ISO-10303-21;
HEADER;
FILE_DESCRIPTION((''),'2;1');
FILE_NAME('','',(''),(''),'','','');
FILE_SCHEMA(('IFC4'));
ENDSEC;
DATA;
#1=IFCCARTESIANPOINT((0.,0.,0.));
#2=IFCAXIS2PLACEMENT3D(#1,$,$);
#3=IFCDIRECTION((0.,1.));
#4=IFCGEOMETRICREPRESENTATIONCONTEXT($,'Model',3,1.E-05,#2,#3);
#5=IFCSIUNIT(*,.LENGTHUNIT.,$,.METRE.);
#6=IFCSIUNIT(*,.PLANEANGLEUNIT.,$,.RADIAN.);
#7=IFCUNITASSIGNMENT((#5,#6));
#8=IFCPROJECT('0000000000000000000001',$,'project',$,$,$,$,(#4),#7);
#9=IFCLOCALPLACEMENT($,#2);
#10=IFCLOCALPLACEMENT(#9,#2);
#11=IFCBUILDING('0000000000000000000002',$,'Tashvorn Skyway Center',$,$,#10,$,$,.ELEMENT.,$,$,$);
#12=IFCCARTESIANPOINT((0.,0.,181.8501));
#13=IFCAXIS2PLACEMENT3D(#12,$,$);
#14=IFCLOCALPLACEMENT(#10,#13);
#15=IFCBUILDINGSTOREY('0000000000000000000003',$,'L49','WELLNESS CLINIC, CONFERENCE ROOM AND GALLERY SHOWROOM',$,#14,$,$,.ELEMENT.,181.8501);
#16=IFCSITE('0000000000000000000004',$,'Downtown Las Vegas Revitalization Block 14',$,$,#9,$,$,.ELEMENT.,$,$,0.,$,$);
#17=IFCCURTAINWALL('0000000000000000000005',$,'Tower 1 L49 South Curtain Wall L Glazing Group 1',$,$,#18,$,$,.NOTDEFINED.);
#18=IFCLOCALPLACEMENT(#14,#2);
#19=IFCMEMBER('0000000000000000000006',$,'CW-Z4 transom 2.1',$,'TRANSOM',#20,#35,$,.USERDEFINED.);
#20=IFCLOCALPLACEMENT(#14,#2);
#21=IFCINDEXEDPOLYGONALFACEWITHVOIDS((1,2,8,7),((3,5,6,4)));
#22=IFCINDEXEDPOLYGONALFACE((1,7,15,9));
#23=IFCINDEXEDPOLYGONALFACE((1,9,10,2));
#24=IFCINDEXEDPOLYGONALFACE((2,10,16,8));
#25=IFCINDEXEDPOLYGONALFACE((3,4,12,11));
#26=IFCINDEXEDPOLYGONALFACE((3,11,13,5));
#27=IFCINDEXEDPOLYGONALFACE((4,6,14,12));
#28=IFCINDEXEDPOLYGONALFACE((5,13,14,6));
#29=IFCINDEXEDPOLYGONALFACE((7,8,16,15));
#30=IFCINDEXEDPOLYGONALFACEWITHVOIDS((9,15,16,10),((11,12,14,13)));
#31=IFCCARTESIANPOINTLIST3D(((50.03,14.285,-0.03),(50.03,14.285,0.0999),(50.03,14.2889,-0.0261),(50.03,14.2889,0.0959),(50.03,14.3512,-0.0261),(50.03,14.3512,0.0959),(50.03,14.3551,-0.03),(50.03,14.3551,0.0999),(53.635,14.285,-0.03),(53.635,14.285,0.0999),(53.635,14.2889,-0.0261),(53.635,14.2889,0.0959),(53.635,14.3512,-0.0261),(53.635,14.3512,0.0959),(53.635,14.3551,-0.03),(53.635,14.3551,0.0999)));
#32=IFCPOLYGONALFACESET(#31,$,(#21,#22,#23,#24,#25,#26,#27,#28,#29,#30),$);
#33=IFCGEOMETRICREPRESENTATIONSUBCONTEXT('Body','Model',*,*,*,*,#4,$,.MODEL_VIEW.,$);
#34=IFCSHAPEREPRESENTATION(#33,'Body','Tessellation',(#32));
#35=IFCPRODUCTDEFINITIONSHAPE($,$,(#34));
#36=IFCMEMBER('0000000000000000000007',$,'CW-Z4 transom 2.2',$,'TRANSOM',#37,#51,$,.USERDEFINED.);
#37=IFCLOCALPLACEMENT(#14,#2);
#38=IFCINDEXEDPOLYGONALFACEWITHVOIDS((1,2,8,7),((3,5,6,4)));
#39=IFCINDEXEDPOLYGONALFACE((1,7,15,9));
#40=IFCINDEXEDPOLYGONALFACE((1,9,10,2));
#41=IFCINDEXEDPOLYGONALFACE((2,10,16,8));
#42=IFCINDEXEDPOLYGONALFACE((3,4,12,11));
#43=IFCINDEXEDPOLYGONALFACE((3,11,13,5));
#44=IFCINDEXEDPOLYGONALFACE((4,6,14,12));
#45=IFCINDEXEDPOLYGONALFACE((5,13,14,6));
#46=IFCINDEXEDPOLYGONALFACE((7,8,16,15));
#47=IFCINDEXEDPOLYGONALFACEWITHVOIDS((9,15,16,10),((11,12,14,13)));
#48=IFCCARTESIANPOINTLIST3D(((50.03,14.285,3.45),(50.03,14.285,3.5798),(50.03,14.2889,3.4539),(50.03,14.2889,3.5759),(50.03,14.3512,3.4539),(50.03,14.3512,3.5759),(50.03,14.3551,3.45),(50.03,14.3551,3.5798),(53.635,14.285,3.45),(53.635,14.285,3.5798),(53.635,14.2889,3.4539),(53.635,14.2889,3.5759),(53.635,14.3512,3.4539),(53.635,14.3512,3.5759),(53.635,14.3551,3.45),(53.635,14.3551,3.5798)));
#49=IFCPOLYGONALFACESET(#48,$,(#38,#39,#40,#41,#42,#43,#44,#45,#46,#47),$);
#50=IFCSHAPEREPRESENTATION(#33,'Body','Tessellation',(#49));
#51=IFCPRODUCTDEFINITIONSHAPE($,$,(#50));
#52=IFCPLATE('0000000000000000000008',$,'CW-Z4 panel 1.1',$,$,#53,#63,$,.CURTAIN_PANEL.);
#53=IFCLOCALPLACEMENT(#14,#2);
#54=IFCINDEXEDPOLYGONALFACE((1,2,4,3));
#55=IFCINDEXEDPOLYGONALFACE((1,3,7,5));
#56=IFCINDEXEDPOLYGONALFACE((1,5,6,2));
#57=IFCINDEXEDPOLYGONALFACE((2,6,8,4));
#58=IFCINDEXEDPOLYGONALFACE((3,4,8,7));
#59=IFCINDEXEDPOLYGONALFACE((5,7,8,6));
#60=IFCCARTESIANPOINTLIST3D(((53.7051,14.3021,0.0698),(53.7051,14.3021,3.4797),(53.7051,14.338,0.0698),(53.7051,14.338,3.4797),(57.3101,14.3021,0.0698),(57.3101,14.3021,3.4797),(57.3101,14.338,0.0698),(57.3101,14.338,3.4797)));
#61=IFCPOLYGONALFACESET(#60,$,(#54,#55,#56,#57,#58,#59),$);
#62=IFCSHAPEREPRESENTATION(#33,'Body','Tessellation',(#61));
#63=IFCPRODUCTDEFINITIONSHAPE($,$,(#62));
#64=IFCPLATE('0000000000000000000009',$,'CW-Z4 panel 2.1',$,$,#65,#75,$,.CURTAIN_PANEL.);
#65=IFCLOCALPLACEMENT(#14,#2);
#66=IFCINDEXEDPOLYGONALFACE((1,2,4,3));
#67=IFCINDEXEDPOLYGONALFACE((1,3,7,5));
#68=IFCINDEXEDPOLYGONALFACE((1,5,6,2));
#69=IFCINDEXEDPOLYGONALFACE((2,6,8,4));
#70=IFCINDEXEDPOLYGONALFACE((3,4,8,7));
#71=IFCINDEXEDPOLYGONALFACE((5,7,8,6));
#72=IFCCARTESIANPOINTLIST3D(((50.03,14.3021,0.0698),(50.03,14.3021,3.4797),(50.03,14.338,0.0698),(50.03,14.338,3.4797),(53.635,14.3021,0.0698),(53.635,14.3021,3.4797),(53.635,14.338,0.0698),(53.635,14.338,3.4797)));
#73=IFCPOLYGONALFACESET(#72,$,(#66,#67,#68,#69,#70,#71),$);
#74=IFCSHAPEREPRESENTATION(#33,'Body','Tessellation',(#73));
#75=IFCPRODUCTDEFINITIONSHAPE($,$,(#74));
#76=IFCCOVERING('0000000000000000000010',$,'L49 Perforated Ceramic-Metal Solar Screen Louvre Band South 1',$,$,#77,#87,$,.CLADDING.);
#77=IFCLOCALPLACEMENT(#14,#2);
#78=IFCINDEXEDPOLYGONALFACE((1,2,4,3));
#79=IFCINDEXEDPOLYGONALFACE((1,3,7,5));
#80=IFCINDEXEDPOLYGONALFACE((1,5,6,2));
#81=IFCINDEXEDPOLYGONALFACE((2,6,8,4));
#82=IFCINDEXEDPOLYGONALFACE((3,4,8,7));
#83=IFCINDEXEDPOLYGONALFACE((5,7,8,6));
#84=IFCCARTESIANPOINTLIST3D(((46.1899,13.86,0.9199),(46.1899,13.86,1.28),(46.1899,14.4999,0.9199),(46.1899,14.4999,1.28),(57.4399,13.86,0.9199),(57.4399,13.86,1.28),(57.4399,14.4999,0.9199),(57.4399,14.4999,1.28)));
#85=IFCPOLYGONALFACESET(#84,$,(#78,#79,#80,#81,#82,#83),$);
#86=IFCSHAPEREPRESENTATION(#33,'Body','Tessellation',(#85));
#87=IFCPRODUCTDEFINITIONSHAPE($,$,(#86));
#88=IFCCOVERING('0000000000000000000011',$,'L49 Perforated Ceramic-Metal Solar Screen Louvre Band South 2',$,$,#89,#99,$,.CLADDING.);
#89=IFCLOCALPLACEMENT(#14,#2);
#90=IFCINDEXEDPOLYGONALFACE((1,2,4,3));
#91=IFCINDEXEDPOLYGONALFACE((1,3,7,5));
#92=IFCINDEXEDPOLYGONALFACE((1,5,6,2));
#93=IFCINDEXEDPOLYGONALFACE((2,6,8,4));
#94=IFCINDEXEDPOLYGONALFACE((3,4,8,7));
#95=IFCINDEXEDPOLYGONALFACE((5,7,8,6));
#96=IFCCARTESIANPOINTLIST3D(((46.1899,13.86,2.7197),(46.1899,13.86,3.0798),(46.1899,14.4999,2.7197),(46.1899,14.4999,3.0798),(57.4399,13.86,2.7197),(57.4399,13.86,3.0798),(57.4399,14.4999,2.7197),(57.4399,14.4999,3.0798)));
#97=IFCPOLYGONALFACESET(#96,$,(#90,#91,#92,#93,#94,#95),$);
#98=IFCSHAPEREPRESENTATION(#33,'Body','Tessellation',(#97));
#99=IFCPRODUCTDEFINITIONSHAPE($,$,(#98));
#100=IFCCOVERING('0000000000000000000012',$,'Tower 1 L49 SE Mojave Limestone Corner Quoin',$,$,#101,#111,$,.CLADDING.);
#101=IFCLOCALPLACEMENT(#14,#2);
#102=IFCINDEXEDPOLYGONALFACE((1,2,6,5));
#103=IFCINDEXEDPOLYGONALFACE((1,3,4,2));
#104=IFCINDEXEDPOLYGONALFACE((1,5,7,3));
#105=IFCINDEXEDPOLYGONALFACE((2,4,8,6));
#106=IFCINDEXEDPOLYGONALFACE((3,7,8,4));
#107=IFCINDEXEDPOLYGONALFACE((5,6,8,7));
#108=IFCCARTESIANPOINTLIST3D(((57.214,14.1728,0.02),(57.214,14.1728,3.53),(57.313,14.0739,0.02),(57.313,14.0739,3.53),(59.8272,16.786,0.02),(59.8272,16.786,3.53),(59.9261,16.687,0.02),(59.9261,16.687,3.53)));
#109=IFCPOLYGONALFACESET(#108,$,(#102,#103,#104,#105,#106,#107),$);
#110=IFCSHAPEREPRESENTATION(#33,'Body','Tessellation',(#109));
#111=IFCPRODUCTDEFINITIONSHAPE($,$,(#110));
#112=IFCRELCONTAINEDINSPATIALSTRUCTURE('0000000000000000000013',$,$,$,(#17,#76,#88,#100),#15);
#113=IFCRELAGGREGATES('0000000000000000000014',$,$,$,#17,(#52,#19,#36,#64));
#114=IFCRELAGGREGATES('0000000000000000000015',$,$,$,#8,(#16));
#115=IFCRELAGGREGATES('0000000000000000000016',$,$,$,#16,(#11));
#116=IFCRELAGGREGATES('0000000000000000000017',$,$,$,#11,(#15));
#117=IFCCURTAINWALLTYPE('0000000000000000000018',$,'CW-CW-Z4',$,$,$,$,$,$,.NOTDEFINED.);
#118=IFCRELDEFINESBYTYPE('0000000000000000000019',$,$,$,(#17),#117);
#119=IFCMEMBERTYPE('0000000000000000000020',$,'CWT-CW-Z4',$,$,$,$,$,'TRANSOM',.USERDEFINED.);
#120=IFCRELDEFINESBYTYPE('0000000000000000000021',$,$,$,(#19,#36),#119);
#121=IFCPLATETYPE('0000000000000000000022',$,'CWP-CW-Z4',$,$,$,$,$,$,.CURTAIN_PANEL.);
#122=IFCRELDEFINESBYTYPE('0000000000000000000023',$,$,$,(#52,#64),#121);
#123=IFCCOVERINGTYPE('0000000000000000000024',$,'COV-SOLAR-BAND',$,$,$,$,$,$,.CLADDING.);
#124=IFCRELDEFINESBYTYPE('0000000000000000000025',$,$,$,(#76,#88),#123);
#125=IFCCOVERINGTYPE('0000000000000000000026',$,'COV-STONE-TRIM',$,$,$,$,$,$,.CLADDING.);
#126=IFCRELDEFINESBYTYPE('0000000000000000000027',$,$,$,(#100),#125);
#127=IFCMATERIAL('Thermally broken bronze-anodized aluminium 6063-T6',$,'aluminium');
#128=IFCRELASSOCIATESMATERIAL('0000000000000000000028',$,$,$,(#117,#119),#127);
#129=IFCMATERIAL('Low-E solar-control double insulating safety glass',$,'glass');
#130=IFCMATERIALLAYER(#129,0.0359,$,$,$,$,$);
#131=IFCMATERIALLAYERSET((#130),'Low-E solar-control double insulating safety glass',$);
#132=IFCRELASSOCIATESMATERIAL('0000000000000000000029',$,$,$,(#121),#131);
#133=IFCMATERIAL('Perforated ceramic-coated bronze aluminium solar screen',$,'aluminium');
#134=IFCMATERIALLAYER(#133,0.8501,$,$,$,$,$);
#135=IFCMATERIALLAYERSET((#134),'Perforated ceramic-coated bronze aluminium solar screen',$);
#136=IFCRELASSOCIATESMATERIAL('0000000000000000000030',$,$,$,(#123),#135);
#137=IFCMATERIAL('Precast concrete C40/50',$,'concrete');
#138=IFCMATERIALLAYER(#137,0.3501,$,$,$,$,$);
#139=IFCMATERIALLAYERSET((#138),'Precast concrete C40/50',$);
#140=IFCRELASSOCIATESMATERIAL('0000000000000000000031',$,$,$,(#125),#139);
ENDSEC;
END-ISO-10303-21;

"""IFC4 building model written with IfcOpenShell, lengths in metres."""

from ifc_helpers import new_model, si_unit, direction, frame, origin, origin_2d, place, context, subcontext, project, spatial, rectangle, hollow_rectangle, extrude, material, layer, layer_set, material_profile, profile_set, type_object, element, aggregate, save


model = new_model("IFC4")

# Units and contexts
model_context = context("Model", 3, precision=1e-05, world=origin(), true_north=direction((0.0, 1.0)))
body_context = subcontext(model_context, "Body", "Model", "MODEL_VIEW")
ifc_project = project(units=[si_unit("LENGTHUNIT", "METRE"), si_unit("PLANEANGLEUNIT", "RADIAN")], contexts=[model_context])

# Site, building, storey
site_placement = place(None, origin())
site = spatial("IfcSite", under=ifc_project, at=site_placement, Name="Downtown Las Vegas Revitalization Block 14", CompositionType="ELEMENT", RefElevation=0.0)
building_placement = place(site_placement, origin())
building = spatial("IfcBuilding", under=site, at=building_placement, Name="Tashvorn Skyway Center", CompositionType="ELEMENT")
storey_placement = place(building_placement, frame((0.0, 0.0, 181.8501)))
storey = spatial("IfcBuildingStorey", under=building, at=storey_placement, Name="L49", Description="WELLNESS CLINIC, CONFERENCE ROOM AND GALLERY SHOWROOM", CompositionType="ELEMENT", Elevation=181.8501)

# Curtain wall
ifc_material_1 = material(Name="Thermally broken bronze-anodized aluminium 6063-T6", Category="aluminium")
curtain_wall_type = type_object("IfcCurtainWallType", Name="CW-CW-Z4", PredefinedType="NOTDEFINED", material=ifc_material_1)
curtain_wall_1_placement = place(storey_placement, origin())
curtain_wall_1 = element("IfcCurtainWall", 1, at=curtain_wall_1_placement, inside=storey, type_object=curtain_wall_type, Name="Tower 1 L49 South Curtain Wall L Glazing Group 1", PredefinedType="NOTDEFINED")

# Members
ifc_material_profile_1 = material_profile(ifc_material_1, hollow_rectangle(XDim=0.0701, YDim=0.1299, WallThickness=0.0039, at=origin_2d()), Name="ALU-TRAN-70x130")
ifc_profile_set_1 = profile_set([ifc_material_profile_1], Name="Thermally broken bronze-anodized aluminium 6063-T6")
member_type_1 = type_object("IfcMemberType", Name="CWT-CW-Z4", ElementType="TRANSOM", PredefinedType="USERDEFINED", material=ifc_profile_set_1)
member_1_placement = place(storey_placement, frame((53.635, 14.3201, 0.0349), z_axis=(-1.0, 0.0, 0.0), x_axis=(0.0, -1.0, 0.0)))
member_1 = element("IfcMember", 2, at=member_1_placement, type_object=member_type_1, Name="CW-Z4 transom 2.1", ObjectType="TRANSOM", PredefinedType="USERDEFINED", context=body_context, shape_type="SweptSolid", body=[
    extrude(hollow_rectangle(XDim=0.0701, YDim=0.1299, WallThickness=0.0039, at=origin_2d()), origin(), (0.0, 0.0, 1.0), 3.605),
])
member_2_placement = place(storey_placement, frame((53.635, 14.3201, 3.5149), z_axis=(-1.0, 0.0, 0.0), x_axis=(0.0, -1.0, 0.0)))
member_2 = element("IfcMember", 3, at=member_2_placement, type_object=member_type_1, Name="CW-Z4 transom 2.2", ObjectType="TRANSOM", PredefinedType="USERDEFINED", context=body_context, shape_type="SweptSolid", body=[
    extrude(hollow_rectangle(XDim=0.0701, YDim=0.1299, WallThickness=0.0039, at=origin_2d()), origin(), (0.0, 0.0, 1.0), 3.605),
])

# Plates
ifc_material_2 = material(Name="Low-E solar-control double insulating safety glass", Category="glass")
ifc_layer_1 = layer(ifc_material_2, 0.0359)
ifc_layer_set_1 = layer_set([ifc_layer_1], Name="Low-E solar-control double insulating safety glass")
plate_type = type_object("IfcPlateType", Name="CWP-CW-Z4", PredefinedType="CURTAIN_PANEL", material=ifc_layer_set_1)
plate_1_placement = place(storey_placement, frame((55.5076, 14.3201, 0.0698), z_axis=(0.0, 0.0, 1.0), x_axis=(-1.0, 0.0, 0.0)))
plate_1 = element("IfcPlate", 4, at=plate_1_placement, type_object=plate_type, Name="CW-Z4 panel 1.1", PredefinedType="CURTAIN_PANEL", context=body_context, shape_type="SweptSolid", body=[
    extrude(rectangle(XDim=3.605, YDim=0.0359, at=origin_2d()), origin(), (0.0, 0.0, 1.0), 3.4099),
])
plate_2_placement = place(storey_placement, frame((51.8325, 14.3201, 0.0698), z_axis=(0.0, 0.0, 1.0), x_axis=(-1.0, 0.0, 0.0)))
plate_2 = element("IfcPlate", 5, at=plate_2_placement, type_object=plate_type, Name="CW-Z4 panel 2.1", PredefinedType="CURTAIN_PANEL", context=body_context, shape_type="SweptSolid", body=[
    extrude(rectangle(XDim=3.605, YDim=0.0359, at=origin_2d()), origin(), (0.0, 0.0, 1.0), 3.4099),
])
aggregate(curtain_wall_1, [plate_1, member_1, member_2, plate_2])

# Coverings
ifc_material_3 = material(Name="Perforated ceramic-coated bronze aluminium solar screen", Category="aluminium")
ifc_layer_2 = layer(ifc_material_3, 0.8501)
ifc_layer_set_2 = layer_set([ifc_layer_2], Name="Perforated ceramic-coated bronze aluminium solar screen")
covering_type_1 = type_object("IfcCoveringType", Name="COV-SOLAR-BAND", PredefinedType="CLADDING", material=ifc_layer_set_2)
for number, where, z_axis, x_axis, name in (
    (6, (51.8149, 14.1799, 0.9199), (0.0, 0.0, 1.0), (-1.0, 0.0, 0.0), "L49 Perforated Ceramic-Metal Solar Screen Louvre Band South 1"),
    (7, (51.8149, 14.1799, 2.7197), (0.0, 0.0, 1.0), (-1.0, 0.0, 0.0), "L49 Perforated Ceramic-Metal Solar Screen Louvre Band South 2"),
):
    element("IfcCovering", number, at=place(storey_placement, frame(where, z_axis=z_axis, x_axis=x_axis)), inside=storey, type_object=covering_type_1, Name=name, PredefinedType="CLADDING", context=body_context, shape_type="SweptSolid", body=[
        extrude(rectangle(XDim=11.25, YDim=0.6399, at=origin_2d()), origin(), (0.0, 0.0, 1.0), 0.3601),
    ])
ifc_material_4 = material(Name="Precast concrete C40/50", Category="concrete")
ifc_layer_3 = layer(ifc_material_4, 0.3501)
ifc_layer_set_3 = layer_set([ifc_layer_3], Name="Precast concrete C40/50")
covering_type_2 = type_object("IfcCoveringType", Name="COV-STONE-TRIM", PredefinedType="CLADDING", material=ifc_layer_set_3)
covering_placement = place(storey_placement, frame((58.5701, 15.4299, 0.02), z_axis=(0.0, 0.0, 1.0), x_axis=(0.707107, 0.707107, 0.0)))
element("IfcCovering", 8, at=covering_placement, inside=storey, type_object=covering_type_2, Name="Tower 1 L49 SE Mojave Limestone Corner Quoin", PredefinedType="CLADDING", context=body_context, shape_type="SweptSolid", body=[
    extrude(rectangle(XDim=3.6956, YDim=0.1399, at=origin_2d()), origin(), (0.0, 0.0, 1.0), 3.51),
])

save(model, "model.ifc")
